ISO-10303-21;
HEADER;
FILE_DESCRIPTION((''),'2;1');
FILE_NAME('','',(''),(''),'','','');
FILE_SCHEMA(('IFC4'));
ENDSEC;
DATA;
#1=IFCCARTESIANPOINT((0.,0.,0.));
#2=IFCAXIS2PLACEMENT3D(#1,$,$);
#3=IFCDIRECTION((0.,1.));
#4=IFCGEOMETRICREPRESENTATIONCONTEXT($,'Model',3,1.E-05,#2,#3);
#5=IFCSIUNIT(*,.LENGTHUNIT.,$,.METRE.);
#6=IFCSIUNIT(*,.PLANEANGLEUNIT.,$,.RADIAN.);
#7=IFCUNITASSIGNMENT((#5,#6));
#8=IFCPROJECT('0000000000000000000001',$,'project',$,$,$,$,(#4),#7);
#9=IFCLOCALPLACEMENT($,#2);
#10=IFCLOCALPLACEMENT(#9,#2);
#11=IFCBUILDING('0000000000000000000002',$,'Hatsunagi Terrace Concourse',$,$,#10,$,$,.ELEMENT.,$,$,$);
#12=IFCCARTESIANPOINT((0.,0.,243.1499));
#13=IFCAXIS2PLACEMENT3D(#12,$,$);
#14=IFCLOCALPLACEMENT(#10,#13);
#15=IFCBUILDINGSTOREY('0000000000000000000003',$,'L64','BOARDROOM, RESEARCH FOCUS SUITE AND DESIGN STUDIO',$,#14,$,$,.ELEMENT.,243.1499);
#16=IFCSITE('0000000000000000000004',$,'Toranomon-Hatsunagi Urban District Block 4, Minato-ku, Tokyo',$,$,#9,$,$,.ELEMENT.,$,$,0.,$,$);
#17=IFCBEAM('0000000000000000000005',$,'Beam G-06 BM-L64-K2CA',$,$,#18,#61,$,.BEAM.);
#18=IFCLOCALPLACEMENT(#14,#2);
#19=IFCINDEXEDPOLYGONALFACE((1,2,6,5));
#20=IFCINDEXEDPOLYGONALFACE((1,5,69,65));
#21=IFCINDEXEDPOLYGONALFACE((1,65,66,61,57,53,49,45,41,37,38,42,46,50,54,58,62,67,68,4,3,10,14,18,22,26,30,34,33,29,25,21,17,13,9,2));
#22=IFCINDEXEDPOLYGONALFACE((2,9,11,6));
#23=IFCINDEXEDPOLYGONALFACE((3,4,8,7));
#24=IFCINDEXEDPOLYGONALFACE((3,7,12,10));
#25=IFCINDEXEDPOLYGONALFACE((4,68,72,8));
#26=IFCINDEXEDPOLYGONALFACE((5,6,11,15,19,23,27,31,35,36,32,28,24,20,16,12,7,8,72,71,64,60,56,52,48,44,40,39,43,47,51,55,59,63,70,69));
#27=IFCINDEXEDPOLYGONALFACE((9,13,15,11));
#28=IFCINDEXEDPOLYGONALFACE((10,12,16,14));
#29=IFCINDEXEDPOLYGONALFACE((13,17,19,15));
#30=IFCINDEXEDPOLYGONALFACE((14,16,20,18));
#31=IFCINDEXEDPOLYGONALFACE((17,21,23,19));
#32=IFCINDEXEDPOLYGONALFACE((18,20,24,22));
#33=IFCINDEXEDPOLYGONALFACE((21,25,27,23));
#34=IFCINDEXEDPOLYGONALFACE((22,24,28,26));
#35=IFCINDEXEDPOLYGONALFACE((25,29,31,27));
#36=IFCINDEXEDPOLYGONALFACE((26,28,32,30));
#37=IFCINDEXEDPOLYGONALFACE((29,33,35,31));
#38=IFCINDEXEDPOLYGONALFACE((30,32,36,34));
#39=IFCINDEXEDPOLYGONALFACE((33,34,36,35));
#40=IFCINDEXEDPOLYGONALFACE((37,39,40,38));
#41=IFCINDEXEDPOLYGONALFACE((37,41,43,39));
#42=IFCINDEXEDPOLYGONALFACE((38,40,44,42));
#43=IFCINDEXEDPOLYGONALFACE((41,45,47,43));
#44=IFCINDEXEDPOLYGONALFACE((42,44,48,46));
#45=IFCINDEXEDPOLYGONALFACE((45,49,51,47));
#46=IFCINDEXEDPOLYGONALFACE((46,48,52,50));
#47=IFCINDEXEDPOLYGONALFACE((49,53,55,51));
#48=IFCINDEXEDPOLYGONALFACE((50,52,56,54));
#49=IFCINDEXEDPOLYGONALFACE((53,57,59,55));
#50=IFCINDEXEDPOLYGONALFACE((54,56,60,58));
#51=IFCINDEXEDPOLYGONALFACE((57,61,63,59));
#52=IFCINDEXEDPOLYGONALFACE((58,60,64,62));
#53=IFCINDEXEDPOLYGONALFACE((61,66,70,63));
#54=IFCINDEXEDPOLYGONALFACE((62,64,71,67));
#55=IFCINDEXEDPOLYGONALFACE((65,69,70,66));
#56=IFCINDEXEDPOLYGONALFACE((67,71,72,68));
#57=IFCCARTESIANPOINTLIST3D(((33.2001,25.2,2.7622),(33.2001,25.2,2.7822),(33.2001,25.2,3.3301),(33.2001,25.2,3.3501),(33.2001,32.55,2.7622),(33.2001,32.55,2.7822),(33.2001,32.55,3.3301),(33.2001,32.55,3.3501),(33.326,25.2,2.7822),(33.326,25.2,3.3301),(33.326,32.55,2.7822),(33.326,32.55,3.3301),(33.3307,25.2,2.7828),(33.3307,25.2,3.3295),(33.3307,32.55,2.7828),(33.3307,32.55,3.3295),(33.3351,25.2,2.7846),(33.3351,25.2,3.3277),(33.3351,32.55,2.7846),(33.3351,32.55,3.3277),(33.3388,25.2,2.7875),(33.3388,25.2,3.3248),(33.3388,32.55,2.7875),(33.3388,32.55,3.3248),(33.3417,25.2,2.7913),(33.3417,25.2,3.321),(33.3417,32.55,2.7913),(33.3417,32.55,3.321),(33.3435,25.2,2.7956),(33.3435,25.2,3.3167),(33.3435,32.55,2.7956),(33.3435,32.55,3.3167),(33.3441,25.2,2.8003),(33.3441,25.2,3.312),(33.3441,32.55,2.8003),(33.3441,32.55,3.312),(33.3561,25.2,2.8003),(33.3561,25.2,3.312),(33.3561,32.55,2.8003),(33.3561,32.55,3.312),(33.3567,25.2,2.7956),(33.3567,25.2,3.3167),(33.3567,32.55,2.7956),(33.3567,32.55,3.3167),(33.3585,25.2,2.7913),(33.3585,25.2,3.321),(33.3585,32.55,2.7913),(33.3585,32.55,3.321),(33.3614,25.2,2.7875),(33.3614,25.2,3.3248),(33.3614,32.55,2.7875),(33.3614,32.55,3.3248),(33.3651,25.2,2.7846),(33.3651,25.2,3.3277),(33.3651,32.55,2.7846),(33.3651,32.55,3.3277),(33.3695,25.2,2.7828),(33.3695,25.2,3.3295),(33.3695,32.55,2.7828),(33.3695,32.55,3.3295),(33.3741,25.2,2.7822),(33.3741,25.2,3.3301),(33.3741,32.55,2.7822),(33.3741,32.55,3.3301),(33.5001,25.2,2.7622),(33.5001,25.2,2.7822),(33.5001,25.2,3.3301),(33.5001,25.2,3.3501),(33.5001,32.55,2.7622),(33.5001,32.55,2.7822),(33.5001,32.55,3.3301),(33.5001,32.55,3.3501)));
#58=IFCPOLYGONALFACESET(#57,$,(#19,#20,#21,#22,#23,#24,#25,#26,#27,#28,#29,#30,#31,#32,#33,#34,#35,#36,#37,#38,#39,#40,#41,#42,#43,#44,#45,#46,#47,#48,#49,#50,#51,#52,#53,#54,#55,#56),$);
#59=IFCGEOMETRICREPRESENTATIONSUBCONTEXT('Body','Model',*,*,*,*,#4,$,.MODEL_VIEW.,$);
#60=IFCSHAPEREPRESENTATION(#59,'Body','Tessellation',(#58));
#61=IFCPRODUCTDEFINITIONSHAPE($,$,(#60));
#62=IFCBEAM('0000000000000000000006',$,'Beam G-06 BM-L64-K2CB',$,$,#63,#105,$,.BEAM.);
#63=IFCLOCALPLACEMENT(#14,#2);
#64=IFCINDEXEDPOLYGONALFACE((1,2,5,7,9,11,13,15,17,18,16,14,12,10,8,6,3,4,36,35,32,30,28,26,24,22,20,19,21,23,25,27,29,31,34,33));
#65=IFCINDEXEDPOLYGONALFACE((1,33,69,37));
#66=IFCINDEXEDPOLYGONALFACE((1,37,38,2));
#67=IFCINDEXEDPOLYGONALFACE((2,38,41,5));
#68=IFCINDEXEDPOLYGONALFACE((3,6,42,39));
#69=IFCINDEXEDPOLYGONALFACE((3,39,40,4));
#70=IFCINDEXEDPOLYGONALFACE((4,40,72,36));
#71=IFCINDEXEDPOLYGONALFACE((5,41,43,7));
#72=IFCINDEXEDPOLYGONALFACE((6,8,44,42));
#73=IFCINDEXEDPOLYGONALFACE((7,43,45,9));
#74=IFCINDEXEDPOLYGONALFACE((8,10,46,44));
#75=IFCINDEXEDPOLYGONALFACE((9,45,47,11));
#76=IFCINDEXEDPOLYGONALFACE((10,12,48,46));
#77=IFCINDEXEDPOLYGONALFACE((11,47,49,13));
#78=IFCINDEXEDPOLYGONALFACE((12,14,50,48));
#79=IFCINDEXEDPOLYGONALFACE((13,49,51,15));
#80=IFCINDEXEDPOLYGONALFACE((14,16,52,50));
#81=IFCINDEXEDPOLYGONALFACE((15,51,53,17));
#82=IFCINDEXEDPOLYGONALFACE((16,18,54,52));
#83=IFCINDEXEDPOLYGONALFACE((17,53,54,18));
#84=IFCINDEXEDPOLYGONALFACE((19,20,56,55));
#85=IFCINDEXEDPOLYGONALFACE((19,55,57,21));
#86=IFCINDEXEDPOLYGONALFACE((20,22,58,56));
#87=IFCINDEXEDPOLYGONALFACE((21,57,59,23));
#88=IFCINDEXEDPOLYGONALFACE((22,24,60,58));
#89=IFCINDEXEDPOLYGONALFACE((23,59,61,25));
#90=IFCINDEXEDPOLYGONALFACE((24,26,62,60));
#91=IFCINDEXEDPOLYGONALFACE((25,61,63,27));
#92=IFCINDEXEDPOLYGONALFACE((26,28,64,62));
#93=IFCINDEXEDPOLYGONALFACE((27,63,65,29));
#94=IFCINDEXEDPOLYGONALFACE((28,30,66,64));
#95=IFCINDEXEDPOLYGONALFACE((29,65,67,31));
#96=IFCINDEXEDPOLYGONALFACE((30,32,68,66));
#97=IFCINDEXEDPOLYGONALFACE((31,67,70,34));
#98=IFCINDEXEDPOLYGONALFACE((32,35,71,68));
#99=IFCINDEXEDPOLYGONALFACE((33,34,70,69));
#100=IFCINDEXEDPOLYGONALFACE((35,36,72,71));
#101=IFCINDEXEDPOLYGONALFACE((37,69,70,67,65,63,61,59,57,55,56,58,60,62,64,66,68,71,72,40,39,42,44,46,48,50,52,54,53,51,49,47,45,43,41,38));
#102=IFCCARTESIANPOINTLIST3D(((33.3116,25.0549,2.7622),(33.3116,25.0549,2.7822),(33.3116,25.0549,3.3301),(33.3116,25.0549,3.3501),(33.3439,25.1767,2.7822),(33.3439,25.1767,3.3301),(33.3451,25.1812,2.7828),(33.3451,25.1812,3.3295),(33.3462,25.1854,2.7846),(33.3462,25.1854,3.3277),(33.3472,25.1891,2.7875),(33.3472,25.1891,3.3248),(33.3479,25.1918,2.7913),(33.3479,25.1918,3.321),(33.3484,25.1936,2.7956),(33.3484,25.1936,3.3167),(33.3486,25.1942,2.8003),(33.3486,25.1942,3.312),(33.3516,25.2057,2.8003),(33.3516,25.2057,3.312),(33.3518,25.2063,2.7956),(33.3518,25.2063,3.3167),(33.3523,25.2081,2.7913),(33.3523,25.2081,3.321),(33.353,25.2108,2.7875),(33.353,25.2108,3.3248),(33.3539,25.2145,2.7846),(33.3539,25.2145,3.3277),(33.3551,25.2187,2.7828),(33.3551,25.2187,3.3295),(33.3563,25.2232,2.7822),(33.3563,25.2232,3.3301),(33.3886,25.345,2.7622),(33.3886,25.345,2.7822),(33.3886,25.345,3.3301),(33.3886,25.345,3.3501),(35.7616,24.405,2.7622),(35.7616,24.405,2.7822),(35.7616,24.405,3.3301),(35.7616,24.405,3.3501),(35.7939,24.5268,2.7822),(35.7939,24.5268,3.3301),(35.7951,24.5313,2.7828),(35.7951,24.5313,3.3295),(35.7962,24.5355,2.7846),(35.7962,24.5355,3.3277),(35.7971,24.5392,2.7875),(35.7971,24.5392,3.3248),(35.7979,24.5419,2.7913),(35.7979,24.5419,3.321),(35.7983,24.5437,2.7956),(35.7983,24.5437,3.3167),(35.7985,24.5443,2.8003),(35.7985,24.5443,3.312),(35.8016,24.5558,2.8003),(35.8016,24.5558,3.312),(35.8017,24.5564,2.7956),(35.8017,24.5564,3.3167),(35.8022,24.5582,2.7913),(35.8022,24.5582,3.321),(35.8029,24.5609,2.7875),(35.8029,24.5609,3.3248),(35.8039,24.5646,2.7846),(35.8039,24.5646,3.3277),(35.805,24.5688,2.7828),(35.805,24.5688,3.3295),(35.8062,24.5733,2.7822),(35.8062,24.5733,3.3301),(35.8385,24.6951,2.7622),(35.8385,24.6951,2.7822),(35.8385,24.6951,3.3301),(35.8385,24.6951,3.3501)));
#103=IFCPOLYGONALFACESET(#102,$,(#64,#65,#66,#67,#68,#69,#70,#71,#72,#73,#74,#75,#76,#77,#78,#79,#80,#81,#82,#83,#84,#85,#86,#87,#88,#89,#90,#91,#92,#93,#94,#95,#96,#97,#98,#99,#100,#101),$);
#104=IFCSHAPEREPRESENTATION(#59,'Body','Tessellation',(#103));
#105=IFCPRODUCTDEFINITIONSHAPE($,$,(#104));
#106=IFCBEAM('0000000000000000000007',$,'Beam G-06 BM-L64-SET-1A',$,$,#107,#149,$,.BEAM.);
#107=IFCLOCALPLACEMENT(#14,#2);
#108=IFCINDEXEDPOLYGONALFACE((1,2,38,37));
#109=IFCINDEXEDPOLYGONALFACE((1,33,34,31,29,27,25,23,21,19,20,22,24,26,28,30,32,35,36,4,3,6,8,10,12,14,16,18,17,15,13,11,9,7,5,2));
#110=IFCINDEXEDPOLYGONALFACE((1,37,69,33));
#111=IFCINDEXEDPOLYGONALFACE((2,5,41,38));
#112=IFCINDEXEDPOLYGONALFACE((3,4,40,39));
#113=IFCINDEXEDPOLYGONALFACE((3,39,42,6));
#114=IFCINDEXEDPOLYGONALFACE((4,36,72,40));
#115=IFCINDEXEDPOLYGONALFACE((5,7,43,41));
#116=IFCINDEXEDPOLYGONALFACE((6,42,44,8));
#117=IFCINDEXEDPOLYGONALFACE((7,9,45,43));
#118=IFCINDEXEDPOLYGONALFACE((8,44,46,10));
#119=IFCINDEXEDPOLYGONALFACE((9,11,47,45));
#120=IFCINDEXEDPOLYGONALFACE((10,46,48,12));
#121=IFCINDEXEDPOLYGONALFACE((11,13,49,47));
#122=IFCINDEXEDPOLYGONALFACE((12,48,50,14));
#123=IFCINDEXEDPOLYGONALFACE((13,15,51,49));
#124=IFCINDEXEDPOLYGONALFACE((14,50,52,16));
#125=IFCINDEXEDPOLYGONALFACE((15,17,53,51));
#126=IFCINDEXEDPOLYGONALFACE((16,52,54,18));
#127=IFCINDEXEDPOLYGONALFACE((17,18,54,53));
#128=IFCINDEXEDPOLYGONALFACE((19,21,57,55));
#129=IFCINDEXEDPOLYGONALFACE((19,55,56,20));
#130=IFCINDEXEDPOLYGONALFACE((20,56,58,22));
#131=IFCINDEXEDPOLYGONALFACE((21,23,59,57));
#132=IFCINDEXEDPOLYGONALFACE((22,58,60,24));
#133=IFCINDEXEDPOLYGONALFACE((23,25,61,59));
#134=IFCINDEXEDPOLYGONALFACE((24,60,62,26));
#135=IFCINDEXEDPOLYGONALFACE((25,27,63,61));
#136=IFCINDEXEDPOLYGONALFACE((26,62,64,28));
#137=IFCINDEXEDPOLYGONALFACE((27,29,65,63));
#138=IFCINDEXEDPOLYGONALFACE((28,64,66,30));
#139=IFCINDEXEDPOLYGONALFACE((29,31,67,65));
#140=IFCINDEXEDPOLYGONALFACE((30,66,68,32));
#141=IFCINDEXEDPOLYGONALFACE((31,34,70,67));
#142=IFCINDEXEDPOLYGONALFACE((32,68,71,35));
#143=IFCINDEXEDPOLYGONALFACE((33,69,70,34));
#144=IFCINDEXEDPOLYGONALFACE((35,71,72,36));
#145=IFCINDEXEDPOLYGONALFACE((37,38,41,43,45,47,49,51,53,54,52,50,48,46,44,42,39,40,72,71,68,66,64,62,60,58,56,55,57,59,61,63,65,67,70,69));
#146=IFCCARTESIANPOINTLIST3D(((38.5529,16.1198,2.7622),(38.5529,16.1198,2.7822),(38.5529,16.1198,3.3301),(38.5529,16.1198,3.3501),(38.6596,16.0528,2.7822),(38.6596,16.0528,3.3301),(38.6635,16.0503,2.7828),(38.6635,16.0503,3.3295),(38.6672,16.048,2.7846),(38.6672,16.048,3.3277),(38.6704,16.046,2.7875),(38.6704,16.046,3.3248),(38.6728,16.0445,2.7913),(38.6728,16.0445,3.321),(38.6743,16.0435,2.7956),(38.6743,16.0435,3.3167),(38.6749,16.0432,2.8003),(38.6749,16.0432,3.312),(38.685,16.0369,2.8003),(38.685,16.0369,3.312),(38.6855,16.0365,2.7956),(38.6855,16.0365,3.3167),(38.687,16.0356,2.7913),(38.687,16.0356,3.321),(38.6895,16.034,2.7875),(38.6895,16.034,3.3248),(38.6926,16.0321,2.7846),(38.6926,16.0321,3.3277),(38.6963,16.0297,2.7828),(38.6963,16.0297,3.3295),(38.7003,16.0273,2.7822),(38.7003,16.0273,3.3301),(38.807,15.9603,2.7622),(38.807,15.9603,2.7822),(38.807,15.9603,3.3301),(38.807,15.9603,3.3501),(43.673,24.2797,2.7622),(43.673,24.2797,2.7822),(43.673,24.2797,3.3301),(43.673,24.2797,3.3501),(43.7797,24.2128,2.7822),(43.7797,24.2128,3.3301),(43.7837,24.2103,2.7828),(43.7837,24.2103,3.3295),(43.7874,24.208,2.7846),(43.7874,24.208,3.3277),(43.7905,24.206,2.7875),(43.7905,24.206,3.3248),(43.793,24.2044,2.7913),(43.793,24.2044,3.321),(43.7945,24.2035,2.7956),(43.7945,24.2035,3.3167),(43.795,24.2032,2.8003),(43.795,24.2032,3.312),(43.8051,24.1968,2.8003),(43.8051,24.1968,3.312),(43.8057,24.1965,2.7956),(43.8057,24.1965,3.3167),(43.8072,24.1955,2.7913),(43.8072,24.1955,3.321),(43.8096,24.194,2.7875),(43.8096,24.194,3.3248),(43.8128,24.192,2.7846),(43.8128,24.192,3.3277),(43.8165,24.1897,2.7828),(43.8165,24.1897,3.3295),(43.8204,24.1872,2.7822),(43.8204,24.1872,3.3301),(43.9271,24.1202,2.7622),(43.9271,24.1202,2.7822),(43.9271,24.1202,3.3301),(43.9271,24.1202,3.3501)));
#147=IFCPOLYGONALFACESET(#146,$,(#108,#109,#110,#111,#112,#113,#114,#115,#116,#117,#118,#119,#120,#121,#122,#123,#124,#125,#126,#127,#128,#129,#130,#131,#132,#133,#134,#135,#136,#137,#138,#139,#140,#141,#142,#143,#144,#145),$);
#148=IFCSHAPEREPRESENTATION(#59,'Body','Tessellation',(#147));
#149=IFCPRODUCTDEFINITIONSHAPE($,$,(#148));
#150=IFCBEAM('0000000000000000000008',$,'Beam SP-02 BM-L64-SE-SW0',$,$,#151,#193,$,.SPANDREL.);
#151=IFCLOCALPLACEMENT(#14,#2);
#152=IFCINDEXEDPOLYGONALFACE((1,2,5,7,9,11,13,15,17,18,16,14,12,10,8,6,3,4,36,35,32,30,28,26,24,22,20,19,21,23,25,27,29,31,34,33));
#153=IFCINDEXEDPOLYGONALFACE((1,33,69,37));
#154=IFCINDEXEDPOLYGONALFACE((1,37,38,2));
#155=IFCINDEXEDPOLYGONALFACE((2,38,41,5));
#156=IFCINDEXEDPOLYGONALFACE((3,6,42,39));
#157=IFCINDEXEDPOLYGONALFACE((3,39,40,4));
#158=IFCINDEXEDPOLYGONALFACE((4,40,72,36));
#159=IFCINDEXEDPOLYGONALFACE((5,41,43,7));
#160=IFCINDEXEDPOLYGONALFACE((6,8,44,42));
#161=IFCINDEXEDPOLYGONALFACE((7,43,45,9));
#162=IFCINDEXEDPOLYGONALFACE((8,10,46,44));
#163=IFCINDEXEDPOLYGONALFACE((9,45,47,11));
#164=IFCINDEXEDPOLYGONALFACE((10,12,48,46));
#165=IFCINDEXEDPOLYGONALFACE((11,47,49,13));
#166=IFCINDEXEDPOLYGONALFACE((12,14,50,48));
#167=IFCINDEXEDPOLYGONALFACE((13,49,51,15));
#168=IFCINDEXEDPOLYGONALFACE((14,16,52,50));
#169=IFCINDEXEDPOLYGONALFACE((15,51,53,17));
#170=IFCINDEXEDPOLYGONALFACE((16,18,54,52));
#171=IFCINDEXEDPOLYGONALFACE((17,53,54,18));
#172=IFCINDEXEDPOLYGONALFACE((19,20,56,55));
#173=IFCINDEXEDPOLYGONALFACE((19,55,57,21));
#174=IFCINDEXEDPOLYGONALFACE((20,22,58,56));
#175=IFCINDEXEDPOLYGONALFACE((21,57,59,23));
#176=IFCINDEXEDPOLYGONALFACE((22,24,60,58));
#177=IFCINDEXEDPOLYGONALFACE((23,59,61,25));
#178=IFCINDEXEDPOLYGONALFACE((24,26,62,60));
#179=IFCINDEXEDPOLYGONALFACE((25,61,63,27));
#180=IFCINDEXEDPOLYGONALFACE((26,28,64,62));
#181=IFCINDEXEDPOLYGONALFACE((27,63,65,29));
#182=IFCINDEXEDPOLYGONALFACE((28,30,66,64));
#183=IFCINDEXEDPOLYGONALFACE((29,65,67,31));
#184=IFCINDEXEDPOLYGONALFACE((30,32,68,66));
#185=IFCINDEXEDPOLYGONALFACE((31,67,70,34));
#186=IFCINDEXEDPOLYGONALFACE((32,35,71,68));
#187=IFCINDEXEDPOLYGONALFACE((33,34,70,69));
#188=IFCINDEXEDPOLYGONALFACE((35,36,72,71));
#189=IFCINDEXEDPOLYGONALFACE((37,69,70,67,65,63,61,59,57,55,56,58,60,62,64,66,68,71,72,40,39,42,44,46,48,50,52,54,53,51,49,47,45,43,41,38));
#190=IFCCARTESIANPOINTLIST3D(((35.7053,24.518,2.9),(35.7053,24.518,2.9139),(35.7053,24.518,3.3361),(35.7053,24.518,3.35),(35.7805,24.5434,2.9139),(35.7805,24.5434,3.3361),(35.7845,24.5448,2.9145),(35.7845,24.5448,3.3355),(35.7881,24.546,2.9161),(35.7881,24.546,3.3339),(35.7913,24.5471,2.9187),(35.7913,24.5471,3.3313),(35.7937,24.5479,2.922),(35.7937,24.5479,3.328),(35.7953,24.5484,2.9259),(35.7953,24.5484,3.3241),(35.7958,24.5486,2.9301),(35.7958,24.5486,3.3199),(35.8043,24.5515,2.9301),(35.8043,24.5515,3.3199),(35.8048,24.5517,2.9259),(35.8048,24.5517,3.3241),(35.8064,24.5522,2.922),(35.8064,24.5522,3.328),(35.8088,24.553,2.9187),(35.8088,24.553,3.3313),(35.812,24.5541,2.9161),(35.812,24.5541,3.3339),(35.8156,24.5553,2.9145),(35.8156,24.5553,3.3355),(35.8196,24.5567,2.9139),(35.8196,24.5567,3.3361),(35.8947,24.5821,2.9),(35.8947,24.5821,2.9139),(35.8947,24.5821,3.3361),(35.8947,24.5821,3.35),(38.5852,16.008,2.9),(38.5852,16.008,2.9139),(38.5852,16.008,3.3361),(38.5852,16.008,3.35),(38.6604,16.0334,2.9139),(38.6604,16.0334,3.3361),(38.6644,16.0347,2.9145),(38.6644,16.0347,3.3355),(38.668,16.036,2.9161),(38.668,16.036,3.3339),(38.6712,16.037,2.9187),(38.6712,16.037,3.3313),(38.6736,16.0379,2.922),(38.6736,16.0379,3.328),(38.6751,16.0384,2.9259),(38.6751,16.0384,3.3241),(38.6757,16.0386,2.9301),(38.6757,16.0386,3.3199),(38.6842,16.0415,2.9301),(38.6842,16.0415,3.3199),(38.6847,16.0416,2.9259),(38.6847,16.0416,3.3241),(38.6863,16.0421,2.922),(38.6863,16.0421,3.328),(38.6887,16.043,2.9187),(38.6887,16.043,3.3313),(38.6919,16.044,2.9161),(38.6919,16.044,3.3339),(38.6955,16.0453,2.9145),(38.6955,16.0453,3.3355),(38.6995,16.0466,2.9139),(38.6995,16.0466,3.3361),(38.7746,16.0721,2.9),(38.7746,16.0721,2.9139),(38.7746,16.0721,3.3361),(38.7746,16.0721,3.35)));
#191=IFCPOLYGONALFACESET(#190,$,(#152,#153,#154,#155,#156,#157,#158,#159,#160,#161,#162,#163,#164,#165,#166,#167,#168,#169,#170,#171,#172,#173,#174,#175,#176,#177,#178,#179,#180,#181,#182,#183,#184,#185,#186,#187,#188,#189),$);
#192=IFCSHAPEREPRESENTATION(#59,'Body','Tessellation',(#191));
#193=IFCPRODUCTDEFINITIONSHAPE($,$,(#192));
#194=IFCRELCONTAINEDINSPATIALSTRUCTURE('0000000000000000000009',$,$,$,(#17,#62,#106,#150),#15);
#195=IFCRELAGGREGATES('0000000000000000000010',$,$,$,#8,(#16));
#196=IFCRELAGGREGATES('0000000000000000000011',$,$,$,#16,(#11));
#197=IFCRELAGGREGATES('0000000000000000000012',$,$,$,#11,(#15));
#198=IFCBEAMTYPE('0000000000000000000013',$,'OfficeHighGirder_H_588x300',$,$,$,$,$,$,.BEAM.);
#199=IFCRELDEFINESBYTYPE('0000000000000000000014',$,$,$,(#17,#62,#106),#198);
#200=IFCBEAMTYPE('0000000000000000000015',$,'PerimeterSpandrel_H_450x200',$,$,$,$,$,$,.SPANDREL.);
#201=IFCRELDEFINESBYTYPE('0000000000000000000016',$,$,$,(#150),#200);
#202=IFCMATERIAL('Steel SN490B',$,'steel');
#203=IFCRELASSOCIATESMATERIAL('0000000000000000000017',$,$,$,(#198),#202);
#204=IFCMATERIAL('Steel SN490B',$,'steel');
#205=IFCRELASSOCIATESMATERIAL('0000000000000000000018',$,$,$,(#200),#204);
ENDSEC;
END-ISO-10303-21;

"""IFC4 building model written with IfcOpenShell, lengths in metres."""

from ifc_helpers import new_model, si_unit, direction, frame, origin, origin_2d, place, context, subcontext, project, spatial, i_section, extrude, material, material_profile, profile_set, type_object, element, save


model = new_model("IFC4")

# Units and contexts
model_context = context("Model", 3, precision=1e-05, world=origin(), true_north=direction((0.0, 1.0)))
body_context = subcontext(model_context, "Body", "Model", "MODEL_VIEW")
ifc_project = project(units=[si_unit("LENGTHUNIT", "METRE"), si_unit("PLANEANGLEUNIT", "RADIAN")], contexts=[model_context])

# Site, building, storey
site_placement = place(None, origin())
site = spatial("IfcSite", under=ifc_project, at=site_placement, Name="Toranomon-Hatsunagi Urban District Block 4, Minato-ku, Tokyo", CompositionType="ELEMENT", RefElevation=0.0)
building_placement = place(site_placement, origin())
building = spatial("IfcBuilding", under=site, at=building_placement, Name="Hatsunagi Terrace Concourse", CompositionType="ELEMENT")
storey_placement = place(building_placement, frame((0.0, 0.0, 243.1499)))
storey = spatial("IfcBuildingStorey", under=building, at=storey_placement, Name="L64", Description="BOARDROOM, RESEARCH FOCUS SUITE AND DESIGN STUDIO", CompositionType="ELEMENT", Elevation=243.1499)

# Beams
ifc_material_1 = material(Name="Steel SN490B", Category="steel")
ifc_material_profile_1 = material_profile(ifc_material_1, i_section(OverallWidth=0.3, OverallDepth=0.5879, WebThickness=0.012, FlangeThickness=0.02, FilletRadius=0.0181, at=origin_2d()), Name="H-588x300x12x20")
ifc_profile_set_1 = profile_set([ifc_material_profile_1], Name="Steel SN490B")
beam_type_1 = type_object("IfcBeamType", Name="OfficeHighGirder_H_588x300", PredefinedType="BEAM", material=ifc_profile_set_1)
beam_1_placement = place(storey_placement, frame((33.3501, 25.2, 3.0562), z_axis=(0.0, 1.0, 0.0), x_axis=(-1.0, 0.0, 0.0)))
element("IfcBeam", 1, at=beam_1_placement, inside=storey, type_object=beam_type_1, Name="Beam G-06 BM-L64-K2CA", PredefinedType="BEAM", context=body_context, shape_type="SweptSolid", body=[
    extrude(i_section(OverallWidth=0.3, OverallDepth=0.5879, WebThickness=0.012, FlangeThickness=0.02, FilletRadius=0.0181, at=origin_2d()), origin(), (0.0, 0.0, 1.0), 7.3501),
])
beam_2_placement = place(storey_placement, frame((33.3501, 25.2, 3.0562), z_axis=(0.96657, -0.256403, 0.0), x_axis=(0.256403, 0.96657, 0.0)))
element("IfcBeam", 2, at=beam_2_placement, inside=storey, type_object=beam_type_1, Name="Beam G-06 BM-L64-K2CB", PredefinedType="BEAM", context=body_context, shape_type="SweptSolid", body=[
    extrude(i_section(OverallWidth=0.3, OverallDepth=0.5879, WebThickness=0.012, FlangeThickness=0.02, FilletRadius=0.0181, at=origin_2d()), origin(), (0.0, 0.0, 1.0), 2.5347),
])
beam_3_placement = place(storey_placement, frame((38.6799, 16.04, 3.0562), z_axis=(0.531504, 0.847056, 0.0), x_axis=(-0.847056, 0.531504, 0.0)))
element("IfcBeam", 3, at=beam_3_placement, inside=storey, type_object=beam_type_1, Name="Beam G-06 BM-L64-SET-1A", PredefinedType="BEAM", context=body_context, shape_type="SweptSolid", body=[
    extrude(i_section(OverallWidth=0.3, OverallDepth=0.5879, WebThickness=0.012, FlangeThickness=0.02, FilletRadius=0.0181, at=origin_2d()), origin(), (0.0, 0.0, 1.0), 9.6333),
])
ifc_material_2 = material(Name="Steel SN490B", Category="steel")
ifc_material_profile_2 = material_profile(ifc_material_2, i_section(OverallWidth=0.2, OverallDepth=0.45, WebThickness=0.009, FlangeThickness=0.0139, FilletRadius=0.0161, at=origin_2d()), Name="H-450x200x9x14")
ifc_profile_set_2 = profile_set([ifc_material_profile_2], Name="Steel SN490B")
beam_type_2 = type_object("IfcBeamType", Name="PerimeterSpandrel_H_450x200", PredefinedType="SPANDREL", material=ifc_profile_set_2)
beam_4_placement = place(storey_placement, frame((35.8, 24.55, 3.125), z_axis=(0.320553, -0.94723, 0.0), x_axis=(0.94723, 0.320553, 0.0)))
element("IfcBeam", 4, at=beam_4_placement, inside=storey, type_object=beam_type_2, Name="Beam SP-02 BM-L64-SE-SW0", PredefinedType="SPANDREL", context=body_context, shape_type="SweptSolid", body=[
    extrude(i_section(OverallWidth=0.2, OverallDepth=0.45, WebThickness=0.009, FlangeThickness=0.0139, FilletRadius=0.0161, at=origin_2d()), origin(), (0.0, 0.0, 1.0), 8.9841),
])

save(model, "model.ifc")
